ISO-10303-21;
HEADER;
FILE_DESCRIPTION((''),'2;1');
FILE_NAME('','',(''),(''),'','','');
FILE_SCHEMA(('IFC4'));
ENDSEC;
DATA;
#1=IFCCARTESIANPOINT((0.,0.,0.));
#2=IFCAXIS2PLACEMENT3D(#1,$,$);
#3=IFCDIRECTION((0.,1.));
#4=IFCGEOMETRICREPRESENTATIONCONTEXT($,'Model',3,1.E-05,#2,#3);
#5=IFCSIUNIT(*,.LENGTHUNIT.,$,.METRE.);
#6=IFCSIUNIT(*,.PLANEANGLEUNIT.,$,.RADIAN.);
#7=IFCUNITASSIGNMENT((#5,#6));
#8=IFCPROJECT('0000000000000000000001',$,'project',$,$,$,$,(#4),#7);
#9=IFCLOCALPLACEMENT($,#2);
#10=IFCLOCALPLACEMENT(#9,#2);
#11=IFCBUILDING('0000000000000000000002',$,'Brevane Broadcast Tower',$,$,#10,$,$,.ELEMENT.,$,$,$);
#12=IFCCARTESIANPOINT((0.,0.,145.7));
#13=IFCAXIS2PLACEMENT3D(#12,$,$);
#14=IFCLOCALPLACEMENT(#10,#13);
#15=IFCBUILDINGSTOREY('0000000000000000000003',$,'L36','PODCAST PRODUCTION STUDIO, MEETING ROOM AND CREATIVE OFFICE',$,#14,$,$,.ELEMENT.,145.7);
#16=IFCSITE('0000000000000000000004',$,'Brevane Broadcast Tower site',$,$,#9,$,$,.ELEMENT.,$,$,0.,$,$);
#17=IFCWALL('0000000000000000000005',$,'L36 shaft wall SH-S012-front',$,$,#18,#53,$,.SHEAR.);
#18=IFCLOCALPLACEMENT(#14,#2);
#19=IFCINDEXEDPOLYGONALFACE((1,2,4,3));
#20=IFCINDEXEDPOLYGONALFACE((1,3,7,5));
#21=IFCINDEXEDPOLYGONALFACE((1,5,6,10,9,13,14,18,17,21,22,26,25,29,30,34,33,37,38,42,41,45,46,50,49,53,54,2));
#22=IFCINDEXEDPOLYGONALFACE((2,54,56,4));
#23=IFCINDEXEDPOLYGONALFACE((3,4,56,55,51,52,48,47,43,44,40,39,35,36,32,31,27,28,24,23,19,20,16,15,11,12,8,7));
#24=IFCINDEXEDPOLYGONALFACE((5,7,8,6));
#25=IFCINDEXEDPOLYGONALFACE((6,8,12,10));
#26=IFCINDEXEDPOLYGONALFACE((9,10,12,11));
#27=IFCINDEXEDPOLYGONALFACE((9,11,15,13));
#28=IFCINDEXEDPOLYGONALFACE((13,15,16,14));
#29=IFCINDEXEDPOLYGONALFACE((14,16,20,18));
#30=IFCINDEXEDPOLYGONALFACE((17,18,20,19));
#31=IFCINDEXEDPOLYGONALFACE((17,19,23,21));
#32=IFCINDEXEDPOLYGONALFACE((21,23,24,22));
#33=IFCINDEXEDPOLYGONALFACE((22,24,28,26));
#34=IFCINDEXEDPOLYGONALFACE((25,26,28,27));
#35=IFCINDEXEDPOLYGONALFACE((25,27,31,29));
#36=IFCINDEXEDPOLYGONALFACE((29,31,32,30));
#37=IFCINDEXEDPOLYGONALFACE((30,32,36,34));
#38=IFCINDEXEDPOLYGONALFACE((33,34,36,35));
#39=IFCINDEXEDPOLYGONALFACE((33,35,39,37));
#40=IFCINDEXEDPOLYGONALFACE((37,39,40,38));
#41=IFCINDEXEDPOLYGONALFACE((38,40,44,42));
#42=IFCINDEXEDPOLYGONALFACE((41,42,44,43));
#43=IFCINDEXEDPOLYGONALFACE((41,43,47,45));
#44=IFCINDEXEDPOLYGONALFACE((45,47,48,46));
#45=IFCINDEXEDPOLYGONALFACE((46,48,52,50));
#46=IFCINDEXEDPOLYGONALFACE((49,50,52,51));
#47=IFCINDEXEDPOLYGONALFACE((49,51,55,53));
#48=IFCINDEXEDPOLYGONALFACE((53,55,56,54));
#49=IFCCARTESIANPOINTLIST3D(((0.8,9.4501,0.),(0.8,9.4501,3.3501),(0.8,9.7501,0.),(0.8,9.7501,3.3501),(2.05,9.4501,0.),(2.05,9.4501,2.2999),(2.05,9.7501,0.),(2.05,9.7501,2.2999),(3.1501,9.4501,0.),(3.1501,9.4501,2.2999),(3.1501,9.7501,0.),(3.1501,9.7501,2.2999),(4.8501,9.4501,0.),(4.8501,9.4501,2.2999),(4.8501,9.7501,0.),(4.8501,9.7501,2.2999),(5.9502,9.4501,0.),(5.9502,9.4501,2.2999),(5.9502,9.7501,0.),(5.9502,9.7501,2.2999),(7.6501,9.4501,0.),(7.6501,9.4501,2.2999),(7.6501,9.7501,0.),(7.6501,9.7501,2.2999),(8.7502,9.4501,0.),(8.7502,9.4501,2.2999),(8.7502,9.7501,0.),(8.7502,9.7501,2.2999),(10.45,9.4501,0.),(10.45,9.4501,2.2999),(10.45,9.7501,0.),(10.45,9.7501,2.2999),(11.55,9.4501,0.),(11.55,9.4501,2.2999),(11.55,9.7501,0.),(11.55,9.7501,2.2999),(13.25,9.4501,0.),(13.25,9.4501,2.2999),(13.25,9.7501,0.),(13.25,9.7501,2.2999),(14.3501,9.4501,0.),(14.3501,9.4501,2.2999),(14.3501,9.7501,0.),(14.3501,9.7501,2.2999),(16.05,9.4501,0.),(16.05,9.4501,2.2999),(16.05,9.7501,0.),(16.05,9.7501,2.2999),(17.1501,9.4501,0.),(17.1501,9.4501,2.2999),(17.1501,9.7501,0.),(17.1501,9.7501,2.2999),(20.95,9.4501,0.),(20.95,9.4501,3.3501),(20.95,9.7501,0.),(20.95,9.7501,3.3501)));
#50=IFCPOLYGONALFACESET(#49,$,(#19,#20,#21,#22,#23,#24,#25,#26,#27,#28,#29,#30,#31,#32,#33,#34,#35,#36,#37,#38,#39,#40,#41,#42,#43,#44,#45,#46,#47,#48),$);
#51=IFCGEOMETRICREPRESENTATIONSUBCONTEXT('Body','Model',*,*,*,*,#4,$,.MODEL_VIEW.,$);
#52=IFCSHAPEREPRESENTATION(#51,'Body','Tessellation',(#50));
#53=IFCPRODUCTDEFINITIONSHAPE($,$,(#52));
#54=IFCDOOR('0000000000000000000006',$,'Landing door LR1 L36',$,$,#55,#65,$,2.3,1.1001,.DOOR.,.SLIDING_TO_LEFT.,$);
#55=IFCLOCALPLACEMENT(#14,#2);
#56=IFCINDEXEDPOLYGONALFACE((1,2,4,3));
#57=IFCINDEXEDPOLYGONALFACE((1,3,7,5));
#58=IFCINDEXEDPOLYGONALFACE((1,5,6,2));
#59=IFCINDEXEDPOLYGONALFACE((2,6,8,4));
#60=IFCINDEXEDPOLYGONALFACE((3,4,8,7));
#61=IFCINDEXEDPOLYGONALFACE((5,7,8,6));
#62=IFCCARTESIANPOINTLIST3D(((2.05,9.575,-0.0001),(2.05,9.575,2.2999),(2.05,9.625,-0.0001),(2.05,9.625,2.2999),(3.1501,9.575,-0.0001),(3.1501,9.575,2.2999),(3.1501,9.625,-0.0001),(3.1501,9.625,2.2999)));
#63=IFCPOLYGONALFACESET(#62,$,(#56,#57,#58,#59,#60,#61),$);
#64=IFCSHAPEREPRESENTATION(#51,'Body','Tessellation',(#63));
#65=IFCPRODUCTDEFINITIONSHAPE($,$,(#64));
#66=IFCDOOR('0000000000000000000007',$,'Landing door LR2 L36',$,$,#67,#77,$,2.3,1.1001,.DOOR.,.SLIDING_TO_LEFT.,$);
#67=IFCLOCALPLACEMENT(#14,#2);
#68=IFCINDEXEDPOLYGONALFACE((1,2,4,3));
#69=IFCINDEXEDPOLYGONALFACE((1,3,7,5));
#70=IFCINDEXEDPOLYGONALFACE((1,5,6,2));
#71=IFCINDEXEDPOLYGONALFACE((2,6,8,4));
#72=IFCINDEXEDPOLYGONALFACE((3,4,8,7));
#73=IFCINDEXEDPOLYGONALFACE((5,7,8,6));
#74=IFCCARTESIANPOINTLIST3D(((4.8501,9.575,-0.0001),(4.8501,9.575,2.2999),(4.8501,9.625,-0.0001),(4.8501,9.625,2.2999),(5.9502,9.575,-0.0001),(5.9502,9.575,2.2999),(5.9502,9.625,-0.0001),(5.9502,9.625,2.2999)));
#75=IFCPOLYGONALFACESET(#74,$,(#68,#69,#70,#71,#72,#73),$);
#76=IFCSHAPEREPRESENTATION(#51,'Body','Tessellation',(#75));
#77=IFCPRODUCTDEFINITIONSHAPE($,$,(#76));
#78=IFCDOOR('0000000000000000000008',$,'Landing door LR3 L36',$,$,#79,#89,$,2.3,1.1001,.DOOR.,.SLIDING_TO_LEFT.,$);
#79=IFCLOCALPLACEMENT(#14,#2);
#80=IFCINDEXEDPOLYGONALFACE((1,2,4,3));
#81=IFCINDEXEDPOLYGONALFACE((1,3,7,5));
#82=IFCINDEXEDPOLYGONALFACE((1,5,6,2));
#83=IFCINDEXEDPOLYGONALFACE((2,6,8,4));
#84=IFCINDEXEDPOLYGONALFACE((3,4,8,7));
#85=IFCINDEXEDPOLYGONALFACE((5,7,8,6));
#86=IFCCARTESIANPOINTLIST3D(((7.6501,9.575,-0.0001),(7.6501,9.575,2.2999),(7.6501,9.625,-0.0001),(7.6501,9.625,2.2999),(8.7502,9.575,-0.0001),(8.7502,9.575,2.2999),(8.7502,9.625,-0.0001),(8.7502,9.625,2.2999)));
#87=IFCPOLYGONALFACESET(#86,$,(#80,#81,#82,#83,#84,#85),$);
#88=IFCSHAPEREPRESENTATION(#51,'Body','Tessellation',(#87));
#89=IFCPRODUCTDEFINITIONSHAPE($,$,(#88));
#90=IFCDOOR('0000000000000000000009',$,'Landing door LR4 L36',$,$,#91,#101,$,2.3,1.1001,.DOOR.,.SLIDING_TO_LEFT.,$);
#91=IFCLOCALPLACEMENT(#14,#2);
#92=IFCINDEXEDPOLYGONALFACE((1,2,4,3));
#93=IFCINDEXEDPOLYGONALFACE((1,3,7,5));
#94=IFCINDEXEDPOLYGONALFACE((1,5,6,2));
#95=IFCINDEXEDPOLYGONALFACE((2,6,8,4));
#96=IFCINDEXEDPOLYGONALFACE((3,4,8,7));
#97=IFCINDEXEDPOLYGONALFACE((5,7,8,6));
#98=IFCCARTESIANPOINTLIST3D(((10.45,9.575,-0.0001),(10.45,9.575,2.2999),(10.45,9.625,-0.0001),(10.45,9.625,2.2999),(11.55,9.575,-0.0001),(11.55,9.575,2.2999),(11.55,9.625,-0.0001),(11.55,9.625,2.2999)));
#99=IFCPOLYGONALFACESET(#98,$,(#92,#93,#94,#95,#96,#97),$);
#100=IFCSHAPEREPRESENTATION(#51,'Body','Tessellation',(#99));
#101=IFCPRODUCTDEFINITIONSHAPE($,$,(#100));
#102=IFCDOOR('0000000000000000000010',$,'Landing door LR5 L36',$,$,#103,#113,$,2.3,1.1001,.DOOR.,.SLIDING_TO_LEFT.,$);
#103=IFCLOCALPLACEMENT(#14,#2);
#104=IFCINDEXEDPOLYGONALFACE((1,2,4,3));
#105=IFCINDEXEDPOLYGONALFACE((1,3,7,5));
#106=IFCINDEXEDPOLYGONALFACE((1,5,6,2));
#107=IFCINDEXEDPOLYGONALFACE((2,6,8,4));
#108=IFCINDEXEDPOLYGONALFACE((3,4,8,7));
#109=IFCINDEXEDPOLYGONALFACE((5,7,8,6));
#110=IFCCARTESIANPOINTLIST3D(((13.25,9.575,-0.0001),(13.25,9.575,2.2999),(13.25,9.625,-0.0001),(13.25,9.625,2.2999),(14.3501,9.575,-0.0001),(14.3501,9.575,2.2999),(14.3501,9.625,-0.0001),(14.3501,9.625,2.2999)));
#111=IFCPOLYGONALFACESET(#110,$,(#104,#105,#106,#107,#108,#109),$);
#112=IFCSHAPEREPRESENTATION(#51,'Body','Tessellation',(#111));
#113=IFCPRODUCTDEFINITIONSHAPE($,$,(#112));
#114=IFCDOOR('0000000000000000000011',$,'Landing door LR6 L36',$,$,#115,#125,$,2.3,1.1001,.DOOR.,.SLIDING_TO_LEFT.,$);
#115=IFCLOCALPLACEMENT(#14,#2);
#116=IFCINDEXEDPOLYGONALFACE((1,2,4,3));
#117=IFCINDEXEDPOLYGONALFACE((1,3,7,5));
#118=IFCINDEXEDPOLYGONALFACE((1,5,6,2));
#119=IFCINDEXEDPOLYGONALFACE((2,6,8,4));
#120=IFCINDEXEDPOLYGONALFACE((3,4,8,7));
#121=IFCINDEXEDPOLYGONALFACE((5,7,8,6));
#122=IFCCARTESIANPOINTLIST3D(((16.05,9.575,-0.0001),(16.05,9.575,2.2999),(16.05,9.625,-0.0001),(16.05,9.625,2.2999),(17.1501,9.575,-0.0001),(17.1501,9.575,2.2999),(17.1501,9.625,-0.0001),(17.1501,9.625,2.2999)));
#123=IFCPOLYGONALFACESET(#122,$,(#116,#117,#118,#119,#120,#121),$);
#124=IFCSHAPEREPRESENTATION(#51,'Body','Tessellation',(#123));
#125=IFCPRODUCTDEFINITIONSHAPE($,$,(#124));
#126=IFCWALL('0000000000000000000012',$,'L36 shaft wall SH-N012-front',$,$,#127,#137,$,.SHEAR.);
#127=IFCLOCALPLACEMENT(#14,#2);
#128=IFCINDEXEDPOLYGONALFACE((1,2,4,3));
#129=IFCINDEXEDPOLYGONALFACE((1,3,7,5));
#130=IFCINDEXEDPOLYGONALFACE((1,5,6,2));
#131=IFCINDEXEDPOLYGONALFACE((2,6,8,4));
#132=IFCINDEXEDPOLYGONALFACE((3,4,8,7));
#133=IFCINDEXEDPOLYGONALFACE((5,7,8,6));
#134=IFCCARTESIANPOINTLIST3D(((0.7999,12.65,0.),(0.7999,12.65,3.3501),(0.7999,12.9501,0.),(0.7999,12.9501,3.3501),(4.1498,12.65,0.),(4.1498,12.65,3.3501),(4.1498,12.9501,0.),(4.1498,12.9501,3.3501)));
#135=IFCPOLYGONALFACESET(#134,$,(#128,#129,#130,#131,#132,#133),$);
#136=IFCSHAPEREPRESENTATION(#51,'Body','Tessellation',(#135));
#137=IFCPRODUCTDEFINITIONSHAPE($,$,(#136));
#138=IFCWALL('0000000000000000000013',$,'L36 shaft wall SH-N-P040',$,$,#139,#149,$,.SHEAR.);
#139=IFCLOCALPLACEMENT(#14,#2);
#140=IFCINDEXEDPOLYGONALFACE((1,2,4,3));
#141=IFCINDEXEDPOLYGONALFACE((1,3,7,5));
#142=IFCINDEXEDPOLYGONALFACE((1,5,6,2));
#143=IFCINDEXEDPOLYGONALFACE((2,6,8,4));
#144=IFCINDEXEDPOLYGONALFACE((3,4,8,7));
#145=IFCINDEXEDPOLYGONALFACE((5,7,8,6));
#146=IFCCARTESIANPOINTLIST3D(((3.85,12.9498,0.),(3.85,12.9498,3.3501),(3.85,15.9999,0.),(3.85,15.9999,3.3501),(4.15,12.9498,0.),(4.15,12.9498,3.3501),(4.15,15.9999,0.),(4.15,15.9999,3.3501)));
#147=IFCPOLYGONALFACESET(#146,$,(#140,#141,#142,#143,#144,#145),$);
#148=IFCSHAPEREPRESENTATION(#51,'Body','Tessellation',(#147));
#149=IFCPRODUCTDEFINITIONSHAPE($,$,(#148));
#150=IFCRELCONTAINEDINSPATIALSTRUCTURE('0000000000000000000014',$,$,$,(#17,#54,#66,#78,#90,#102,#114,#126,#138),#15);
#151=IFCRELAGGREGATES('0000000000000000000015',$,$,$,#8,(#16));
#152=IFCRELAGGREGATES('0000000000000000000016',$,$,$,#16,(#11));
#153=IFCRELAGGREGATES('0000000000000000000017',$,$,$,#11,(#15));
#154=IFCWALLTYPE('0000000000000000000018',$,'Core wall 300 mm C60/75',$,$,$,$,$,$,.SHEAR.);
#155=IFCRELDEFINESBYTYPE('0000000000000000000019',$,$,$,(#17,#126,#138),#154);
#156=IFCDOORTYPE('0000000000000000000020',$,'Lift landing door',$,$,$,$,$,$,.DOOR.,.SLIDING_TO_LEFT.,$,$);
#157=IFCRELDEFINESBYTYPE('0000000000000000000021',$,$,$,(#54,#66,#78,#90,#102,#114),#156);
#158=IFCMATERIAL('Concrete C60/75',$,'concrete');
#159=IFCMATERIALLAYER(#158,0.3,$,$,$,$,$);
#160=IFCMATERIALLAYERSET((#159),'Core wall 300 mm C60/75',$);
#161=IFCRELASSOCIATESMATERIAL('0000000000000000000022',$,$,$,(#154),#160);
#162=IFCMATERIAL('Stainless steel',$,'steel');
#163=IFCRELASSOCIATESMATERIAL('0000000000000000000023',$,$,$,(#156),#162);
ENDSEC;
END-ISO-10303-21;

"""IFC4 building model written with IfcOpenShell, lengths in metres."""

from ifc_helpers import new_model, si_unit, direction, frame, frame_2d, origin, place, context, subcontext, project, spatial, rectangle, extrude, material, layer, layer_set, type_object, element, fill, save


model = new_model("IFC4")

# Units and contexts
model_context = context("Model", 3, precision=1e-05, world=origin(), true_north=direction((0.0, 1.0)))
body_context = subcontext(model_context, "Body", "Model", "MODEL_VIEW")
ifc_project = project(units=[si_unit("LENGTHUNIT", "METRE"), si_unit("PLANEANGLEUNIT", "RADIAN")], contexts=[model_context])

# Site, building, storey
site_placement = place(None, origin())
site = spatial("IfcSite", under=ifc_project, at=site_placement, Name="Brevane Broadcast Tower site", CompositionType="ELEMENT", RefElevation=0.0)
building_placement = place(site_placement, origin())
building = spatial("IfcBuilding", under=site, at=building_placement, Name="Brevane Broadcast Tower", CompositionType="ELEMENT")
storey_placement = place(building_placement, frame((0.0, 0.0, 145.7)))
storey = spatial("IfcBuildingStorey", under=building, at=storey_placement, Name="L36", Description="PODCAST PRODUCTION STUDIO, MEETING ROOM AND CREATIVE OFFICE", CompositionType="ELEMENT", Elevation=145.7)

# Wall, openings, doors
ifc_material_1 = material(Name="Concrete C60/75", Category="concrete")
ifc_layer_1 = layer(ifc_material_1, 0.3)
ifc_layer_set_1 = layer_set([ifc_layer_1], Name="Core wall 300 mm C60/75")
wall_type_1 = type_object("IfcWallType", Name="Core wall 300 mm C60/75", PredefinedType="SHEAR", material=ifc_layer_set_1)
wall_1_placement = place(storey_placement, frame((0.8, 9.6001, 0.0), z_axis=(0.0, 0.0, 1.0), x_axis=(1.0, 0.0, 0.0)))
wall_1 = element("IfcWall", 1, at=wall_1_placement, inside=storey, type_object=wall_type_1, Name="L36 shaft wall SH-S012-front", PredefinedType="SHEAR", context=body_context, shape_type="SweptSolid", body=[
    extrude(rectangle(XDim=20.1499, YDim=0.3, at=frame_2d((10.075, 0.0))), origin(), (0.0, 0.0, 1.0), 3.3501),
])
opening_1_placement = place(wall_1_placement, frame((1.25, 0.0, 0.0)))
opening_1 = element("IfcOpeningElement", 2, at=opening_1_placement, cuts=wall_1, PredefinedType="OPENING", context=body_context, shape_type="SweptSolid", body=[
    extrude(rectangle(XDim=1.1001, YDim=2.3, at=frame_2d((0.55, 1.1499))), frame((0.0, 0.1599, 0.0), z_axis=(0.0, -1.0, 0.0), x_axis=(1.0, 0.0, 0.0)), (0.0, 0.0, 1.0), 0.3201),
])
opening_2_placement = place(wall_1_placement, frame((4.05, 0.0, 0.0)))
opening_2 = element("IfcOpeningElement", 3, at=opening_2_placement, cuts=wall_1, PredefinedType="OPENING", context=body_context, shape_type="SweptSolid", body=[
    extrude(rectangle(XDim=1.1001, YDim=2.3, at=frame_2d((0.55, 1.1499))), frame((0.0, 0.1599, 0.0), z_axis=(0.0, -1.0, 0.0), x_axis=(1.0, 0.0, 0.0)), (0.0, 0.0, 1.0), 0.3201),
])
opening_3_placement = place(wall_1_placement, frame((6.8501, 0.0, 0.0)))
opening_3 = element("IfcOpeningElement", 4, at=opening_3_placement, cuts=wall_1, PredefinedType="OPENING", context=body_context, shape_type="SweptSolid", body=[
    extrude(rectangle(XDim=1.1001, YDim=2.3, at=frame_2d((0.55, 1.1499))), frame((0.0, 0.1599, 0.0), z_axis=(0.0, -1.0, 0.0), x_axis=(1.0, 0.0, 0.0)), (0.0, 0.0, 1.0), 0.3201),
])
opening_4_placement = place(wall_1_placement, frame((9.6499, 0.0, 0.0)))
opening_4 = element("IfcOpeningElement", 5, at=opening_4_placement, cuts=wall_1, PredefinedType="OPENING", context=body_context, shape_type="SweptSolid", body=[
    extrude(rectangle(XDim=1.1001, YDim=2.3, at=frame_2d((0.55, 1.1499))), frame((0.0, 0.1599, 0.0), z_axis=(0.0, -1.0, 0.0), x_axis=(1.0, 0.0, 0.0)), (0.0, 0.0, 1.0), 0.3201),
])
opening_5_placement = place(wall_1_placement, frame((12.45, 0.0, 0.0)))
opening_5 = element("IfcOpeningElement", 6, at=opening_5_placement, cuts=wall_1, PredefinedType="OPENING", context=body_context, shape_type="SweptSolid", body=[
    extrude(rectangle(XDim=1.1001, YDim=2.3, at=frame_2d((0.55, 1.1499))), frame((0.0, 0.1599, 0.0), z_axis=(0.0, -1.0, 0.0), x_axis=(1.0, 0.0, 0.0)), (0.0, 0.0, 1.0), 0.3201),
])
opening_6_placement = place(wall_1_placement, frame((15.25, 0.0, 0.0)))
opening_6 = element("IfcOpeningElement", 7, at=opening_6_placement, cuts=wall_1, PredefinedType="OPENING", context=body_context, shape_type="SweptSolid", body=[
    extrude(rectangle(XDim=1.1001, YDim=2.3, at=frame_2d((0.55, 1.1499))), frame((0.0, 0.1599, 0.0), z_axis=(0.0, -1.0, 0.0), x_axis=(1.0, 0.0, 0.0)), (0.0, 0.0, 1.0), 0.3201),
])
ifc_material_2 = material(Name="Stainless steel", Category="steel")
door_type_1 = type_object("IfcDoorType", Name="Lift landing door", OperationType="SLIDING_TO_LEFT", PredefinedType="DOOR", material=ifc_material_2)
door_1_placement = place(opening_1_placement, origin())
door_1 = element("IfcDoor", 8, at=door_1_placement, inside=storey, type_object=door_type_1, Name="Landing door LR1 L36", OperationType="SLIDING_TO_LEFT", OverallHeight=2.3, OverallWidth=1.1001, PredefinedType="DOOR", context=body_context, shape_type="SweptSolid", body=[
    extrude(rectangle(XDim=1.1001, YDim=2.3, at=frame_2d((0.55, 1.1499))), frame((0.0, 0.0249, 0.0), z_axis=(0.0, -1.0, 0.0), x_axis=(1.0, 0.0, 0.0)), (0.0, 0.0, 1.0), 0.05),
])
fill(opening_1, door_1)
door_2_placement = place(opening_2_placement, origin())
door_2 = element("IfcDoor", 9, at=door_2_placement, inside=storey, type_object=door_type_1, Name="Landing door LR2 L36", OperationType="SLIDING_TO_LEFT", OverallHeight=2.3, OverallWidth=1.1001, PredefinedType="DOOR", context=body_context, shape_type="SweptSolid", body=[
    extrude(rectangle(XDim=1.1001, YDim=2.3, at=frame_2d((0.55, 1.1499))), frame((0.0, 0.0249, 0.0), z_axis=(0.0, -1.0, 0.0), x_axis=(1.0, 0.0, 0.0)), (0.0, 0.0, 1.0), 0.05),
])
fill(opening_2, door_2)
door_3_placement = place(opening_3_placement, origin())
door_3 = element("IfcDoor", 10, at=door_3_placement, inside=storey, type_object=door_type_1, Name="Landing door LR3 L36", OperationType="SLIDING_TO_LEFT", OverallHeight=2.3, OverallWidth=1.1001, PredefinedType="DOOR", context=body_context, shape_type="SweptSolid", body=[
    extrude(rectangle(XDim=1.1001, YDim=2.3, at=frame_2d((0.55, 1.1499))), frame((0.0, 0.0249, 0.0), z_axis=(0.0, -1.0, 0.0), x_axis=(1.0, 0.0, 0.0)), (0.0, 0.0, 1.0), 0.05),
])
fill(opening_3, door_3)
door_4_placement = place(opening_4_placement, origin())
door_4 = element("IfcDoor", 11, at=door_4_placement, inside=storey, type_object=door_type_1, Name="Landing door LR4 L36", OperationType="SLIDING_TO_LEFT", OverallHeight=2.3, OverallWidth=1.1001, PredefinedType="DOOR", context=body_context, shape_type="SweptSolid", body=[
    extrude(rectangle(XDim=1.1001, YDim=2.3, at=frame_2d((0.55, 1.1499))), frame((0.0, 0.0249, 0.0), z_axis=(0.0, -1.0, 0.0), x_axis=(1.0, 0.0, 0.0)), (0.0, 0.0, 1.0), 0.05),
])
fill(opening_4, door_4)
door_5_placement = place(opening_5_placement, origin())
door_5 = element("IfcDoor", 12, at=door_5_placement, inside=storey, type_object=door_type_1, Name="Landing door LR5 L36", OperationType="SLIDING_TO_LEFT", OverallHeight=2.3, OverallWidth=1.1001, PredefinedType="DOOR", context=body_context, shape_type="SweptSolid", body=[
    extrude(rectangle(XDim=1.1001, YDim=2.3, at=frame_2d((0.55, 1.1499))), frame((0.0, 0.0249, 0.0), z_axis=(0.0, -1.0, 0.0), x_axis=(1.0, 0.0, 0.0)), (0.0, 0.0, 1.0), 0.05),
])
fill(opening_5, door_5)
door_6_placement = place(opening_6_placement, origin())
door_6 = element("IfcDoor", 13, at=door_6_placement, inside=storey, type_object=door_type_1, Name="Landing door LR6 L36", OperationType="SLIDING_TO_LEFT", OverallHeight=2.3, OverallWidth=1.1001, PredefinedType="DOOR", context=body_context, shape_type="SweptSolid", body=[
    extrude(rectangle(XDim=1.1001, YDim=2.3, at=frame_2d((0.55, 1.1499))), frame((0.0, 0.0249, 0.0), z_axis=(0.0, -1.0, 0.0), x_axis=(1.0, 0.0, 0.0)), (0.0, 0.0, 1.0), 0.05),
])
fill(opening_6, door_6)

# Walls
wall_2_placement = place(storey_placement, frame((0.8, 12.8, 0.0), z_axis=(0.0, 0.0, 1.0), x_axis=(1.0, 0.0, 0.0)))
element("IfcWall", 14, at=wall_2_placement, inside=storey, type_object=wall_type_1, Name="L36 shaft wall SH-N012-front", PredefinedType="SHEAR", context=body_context, shape_type="SweptSolid", body=[
    extrude(rectangle(XDim=3.3499, YDim=0.3, at=frame_2d((1.6748, 0.0))), origin(), (0.0, 0.0, 1.0), 3.3501),
])
wall_3_placement = place(storey_placement, frame((4.0, 12.95, 0.0), z_axis=(0.0, 0.0, 1.0), x_axis=(0.0, 1.0, 0.0)))
element("IfcWall", 15, at=wall_3_placement, inside=storey, type_object=wall_type_1, Name="L36 shaft wall SH-N-P040", PredefinedType="SHEAR", context=body_context, shape_type="SweptSolid", body=[
    extrude(rectangle(XDim=3.05, YDim=0.3, at=frame_2d((1.5249, 0.0))), origin(), (0.0, 0.0, 1.0), 3.3501),
])

save(model, "model.ifc")
